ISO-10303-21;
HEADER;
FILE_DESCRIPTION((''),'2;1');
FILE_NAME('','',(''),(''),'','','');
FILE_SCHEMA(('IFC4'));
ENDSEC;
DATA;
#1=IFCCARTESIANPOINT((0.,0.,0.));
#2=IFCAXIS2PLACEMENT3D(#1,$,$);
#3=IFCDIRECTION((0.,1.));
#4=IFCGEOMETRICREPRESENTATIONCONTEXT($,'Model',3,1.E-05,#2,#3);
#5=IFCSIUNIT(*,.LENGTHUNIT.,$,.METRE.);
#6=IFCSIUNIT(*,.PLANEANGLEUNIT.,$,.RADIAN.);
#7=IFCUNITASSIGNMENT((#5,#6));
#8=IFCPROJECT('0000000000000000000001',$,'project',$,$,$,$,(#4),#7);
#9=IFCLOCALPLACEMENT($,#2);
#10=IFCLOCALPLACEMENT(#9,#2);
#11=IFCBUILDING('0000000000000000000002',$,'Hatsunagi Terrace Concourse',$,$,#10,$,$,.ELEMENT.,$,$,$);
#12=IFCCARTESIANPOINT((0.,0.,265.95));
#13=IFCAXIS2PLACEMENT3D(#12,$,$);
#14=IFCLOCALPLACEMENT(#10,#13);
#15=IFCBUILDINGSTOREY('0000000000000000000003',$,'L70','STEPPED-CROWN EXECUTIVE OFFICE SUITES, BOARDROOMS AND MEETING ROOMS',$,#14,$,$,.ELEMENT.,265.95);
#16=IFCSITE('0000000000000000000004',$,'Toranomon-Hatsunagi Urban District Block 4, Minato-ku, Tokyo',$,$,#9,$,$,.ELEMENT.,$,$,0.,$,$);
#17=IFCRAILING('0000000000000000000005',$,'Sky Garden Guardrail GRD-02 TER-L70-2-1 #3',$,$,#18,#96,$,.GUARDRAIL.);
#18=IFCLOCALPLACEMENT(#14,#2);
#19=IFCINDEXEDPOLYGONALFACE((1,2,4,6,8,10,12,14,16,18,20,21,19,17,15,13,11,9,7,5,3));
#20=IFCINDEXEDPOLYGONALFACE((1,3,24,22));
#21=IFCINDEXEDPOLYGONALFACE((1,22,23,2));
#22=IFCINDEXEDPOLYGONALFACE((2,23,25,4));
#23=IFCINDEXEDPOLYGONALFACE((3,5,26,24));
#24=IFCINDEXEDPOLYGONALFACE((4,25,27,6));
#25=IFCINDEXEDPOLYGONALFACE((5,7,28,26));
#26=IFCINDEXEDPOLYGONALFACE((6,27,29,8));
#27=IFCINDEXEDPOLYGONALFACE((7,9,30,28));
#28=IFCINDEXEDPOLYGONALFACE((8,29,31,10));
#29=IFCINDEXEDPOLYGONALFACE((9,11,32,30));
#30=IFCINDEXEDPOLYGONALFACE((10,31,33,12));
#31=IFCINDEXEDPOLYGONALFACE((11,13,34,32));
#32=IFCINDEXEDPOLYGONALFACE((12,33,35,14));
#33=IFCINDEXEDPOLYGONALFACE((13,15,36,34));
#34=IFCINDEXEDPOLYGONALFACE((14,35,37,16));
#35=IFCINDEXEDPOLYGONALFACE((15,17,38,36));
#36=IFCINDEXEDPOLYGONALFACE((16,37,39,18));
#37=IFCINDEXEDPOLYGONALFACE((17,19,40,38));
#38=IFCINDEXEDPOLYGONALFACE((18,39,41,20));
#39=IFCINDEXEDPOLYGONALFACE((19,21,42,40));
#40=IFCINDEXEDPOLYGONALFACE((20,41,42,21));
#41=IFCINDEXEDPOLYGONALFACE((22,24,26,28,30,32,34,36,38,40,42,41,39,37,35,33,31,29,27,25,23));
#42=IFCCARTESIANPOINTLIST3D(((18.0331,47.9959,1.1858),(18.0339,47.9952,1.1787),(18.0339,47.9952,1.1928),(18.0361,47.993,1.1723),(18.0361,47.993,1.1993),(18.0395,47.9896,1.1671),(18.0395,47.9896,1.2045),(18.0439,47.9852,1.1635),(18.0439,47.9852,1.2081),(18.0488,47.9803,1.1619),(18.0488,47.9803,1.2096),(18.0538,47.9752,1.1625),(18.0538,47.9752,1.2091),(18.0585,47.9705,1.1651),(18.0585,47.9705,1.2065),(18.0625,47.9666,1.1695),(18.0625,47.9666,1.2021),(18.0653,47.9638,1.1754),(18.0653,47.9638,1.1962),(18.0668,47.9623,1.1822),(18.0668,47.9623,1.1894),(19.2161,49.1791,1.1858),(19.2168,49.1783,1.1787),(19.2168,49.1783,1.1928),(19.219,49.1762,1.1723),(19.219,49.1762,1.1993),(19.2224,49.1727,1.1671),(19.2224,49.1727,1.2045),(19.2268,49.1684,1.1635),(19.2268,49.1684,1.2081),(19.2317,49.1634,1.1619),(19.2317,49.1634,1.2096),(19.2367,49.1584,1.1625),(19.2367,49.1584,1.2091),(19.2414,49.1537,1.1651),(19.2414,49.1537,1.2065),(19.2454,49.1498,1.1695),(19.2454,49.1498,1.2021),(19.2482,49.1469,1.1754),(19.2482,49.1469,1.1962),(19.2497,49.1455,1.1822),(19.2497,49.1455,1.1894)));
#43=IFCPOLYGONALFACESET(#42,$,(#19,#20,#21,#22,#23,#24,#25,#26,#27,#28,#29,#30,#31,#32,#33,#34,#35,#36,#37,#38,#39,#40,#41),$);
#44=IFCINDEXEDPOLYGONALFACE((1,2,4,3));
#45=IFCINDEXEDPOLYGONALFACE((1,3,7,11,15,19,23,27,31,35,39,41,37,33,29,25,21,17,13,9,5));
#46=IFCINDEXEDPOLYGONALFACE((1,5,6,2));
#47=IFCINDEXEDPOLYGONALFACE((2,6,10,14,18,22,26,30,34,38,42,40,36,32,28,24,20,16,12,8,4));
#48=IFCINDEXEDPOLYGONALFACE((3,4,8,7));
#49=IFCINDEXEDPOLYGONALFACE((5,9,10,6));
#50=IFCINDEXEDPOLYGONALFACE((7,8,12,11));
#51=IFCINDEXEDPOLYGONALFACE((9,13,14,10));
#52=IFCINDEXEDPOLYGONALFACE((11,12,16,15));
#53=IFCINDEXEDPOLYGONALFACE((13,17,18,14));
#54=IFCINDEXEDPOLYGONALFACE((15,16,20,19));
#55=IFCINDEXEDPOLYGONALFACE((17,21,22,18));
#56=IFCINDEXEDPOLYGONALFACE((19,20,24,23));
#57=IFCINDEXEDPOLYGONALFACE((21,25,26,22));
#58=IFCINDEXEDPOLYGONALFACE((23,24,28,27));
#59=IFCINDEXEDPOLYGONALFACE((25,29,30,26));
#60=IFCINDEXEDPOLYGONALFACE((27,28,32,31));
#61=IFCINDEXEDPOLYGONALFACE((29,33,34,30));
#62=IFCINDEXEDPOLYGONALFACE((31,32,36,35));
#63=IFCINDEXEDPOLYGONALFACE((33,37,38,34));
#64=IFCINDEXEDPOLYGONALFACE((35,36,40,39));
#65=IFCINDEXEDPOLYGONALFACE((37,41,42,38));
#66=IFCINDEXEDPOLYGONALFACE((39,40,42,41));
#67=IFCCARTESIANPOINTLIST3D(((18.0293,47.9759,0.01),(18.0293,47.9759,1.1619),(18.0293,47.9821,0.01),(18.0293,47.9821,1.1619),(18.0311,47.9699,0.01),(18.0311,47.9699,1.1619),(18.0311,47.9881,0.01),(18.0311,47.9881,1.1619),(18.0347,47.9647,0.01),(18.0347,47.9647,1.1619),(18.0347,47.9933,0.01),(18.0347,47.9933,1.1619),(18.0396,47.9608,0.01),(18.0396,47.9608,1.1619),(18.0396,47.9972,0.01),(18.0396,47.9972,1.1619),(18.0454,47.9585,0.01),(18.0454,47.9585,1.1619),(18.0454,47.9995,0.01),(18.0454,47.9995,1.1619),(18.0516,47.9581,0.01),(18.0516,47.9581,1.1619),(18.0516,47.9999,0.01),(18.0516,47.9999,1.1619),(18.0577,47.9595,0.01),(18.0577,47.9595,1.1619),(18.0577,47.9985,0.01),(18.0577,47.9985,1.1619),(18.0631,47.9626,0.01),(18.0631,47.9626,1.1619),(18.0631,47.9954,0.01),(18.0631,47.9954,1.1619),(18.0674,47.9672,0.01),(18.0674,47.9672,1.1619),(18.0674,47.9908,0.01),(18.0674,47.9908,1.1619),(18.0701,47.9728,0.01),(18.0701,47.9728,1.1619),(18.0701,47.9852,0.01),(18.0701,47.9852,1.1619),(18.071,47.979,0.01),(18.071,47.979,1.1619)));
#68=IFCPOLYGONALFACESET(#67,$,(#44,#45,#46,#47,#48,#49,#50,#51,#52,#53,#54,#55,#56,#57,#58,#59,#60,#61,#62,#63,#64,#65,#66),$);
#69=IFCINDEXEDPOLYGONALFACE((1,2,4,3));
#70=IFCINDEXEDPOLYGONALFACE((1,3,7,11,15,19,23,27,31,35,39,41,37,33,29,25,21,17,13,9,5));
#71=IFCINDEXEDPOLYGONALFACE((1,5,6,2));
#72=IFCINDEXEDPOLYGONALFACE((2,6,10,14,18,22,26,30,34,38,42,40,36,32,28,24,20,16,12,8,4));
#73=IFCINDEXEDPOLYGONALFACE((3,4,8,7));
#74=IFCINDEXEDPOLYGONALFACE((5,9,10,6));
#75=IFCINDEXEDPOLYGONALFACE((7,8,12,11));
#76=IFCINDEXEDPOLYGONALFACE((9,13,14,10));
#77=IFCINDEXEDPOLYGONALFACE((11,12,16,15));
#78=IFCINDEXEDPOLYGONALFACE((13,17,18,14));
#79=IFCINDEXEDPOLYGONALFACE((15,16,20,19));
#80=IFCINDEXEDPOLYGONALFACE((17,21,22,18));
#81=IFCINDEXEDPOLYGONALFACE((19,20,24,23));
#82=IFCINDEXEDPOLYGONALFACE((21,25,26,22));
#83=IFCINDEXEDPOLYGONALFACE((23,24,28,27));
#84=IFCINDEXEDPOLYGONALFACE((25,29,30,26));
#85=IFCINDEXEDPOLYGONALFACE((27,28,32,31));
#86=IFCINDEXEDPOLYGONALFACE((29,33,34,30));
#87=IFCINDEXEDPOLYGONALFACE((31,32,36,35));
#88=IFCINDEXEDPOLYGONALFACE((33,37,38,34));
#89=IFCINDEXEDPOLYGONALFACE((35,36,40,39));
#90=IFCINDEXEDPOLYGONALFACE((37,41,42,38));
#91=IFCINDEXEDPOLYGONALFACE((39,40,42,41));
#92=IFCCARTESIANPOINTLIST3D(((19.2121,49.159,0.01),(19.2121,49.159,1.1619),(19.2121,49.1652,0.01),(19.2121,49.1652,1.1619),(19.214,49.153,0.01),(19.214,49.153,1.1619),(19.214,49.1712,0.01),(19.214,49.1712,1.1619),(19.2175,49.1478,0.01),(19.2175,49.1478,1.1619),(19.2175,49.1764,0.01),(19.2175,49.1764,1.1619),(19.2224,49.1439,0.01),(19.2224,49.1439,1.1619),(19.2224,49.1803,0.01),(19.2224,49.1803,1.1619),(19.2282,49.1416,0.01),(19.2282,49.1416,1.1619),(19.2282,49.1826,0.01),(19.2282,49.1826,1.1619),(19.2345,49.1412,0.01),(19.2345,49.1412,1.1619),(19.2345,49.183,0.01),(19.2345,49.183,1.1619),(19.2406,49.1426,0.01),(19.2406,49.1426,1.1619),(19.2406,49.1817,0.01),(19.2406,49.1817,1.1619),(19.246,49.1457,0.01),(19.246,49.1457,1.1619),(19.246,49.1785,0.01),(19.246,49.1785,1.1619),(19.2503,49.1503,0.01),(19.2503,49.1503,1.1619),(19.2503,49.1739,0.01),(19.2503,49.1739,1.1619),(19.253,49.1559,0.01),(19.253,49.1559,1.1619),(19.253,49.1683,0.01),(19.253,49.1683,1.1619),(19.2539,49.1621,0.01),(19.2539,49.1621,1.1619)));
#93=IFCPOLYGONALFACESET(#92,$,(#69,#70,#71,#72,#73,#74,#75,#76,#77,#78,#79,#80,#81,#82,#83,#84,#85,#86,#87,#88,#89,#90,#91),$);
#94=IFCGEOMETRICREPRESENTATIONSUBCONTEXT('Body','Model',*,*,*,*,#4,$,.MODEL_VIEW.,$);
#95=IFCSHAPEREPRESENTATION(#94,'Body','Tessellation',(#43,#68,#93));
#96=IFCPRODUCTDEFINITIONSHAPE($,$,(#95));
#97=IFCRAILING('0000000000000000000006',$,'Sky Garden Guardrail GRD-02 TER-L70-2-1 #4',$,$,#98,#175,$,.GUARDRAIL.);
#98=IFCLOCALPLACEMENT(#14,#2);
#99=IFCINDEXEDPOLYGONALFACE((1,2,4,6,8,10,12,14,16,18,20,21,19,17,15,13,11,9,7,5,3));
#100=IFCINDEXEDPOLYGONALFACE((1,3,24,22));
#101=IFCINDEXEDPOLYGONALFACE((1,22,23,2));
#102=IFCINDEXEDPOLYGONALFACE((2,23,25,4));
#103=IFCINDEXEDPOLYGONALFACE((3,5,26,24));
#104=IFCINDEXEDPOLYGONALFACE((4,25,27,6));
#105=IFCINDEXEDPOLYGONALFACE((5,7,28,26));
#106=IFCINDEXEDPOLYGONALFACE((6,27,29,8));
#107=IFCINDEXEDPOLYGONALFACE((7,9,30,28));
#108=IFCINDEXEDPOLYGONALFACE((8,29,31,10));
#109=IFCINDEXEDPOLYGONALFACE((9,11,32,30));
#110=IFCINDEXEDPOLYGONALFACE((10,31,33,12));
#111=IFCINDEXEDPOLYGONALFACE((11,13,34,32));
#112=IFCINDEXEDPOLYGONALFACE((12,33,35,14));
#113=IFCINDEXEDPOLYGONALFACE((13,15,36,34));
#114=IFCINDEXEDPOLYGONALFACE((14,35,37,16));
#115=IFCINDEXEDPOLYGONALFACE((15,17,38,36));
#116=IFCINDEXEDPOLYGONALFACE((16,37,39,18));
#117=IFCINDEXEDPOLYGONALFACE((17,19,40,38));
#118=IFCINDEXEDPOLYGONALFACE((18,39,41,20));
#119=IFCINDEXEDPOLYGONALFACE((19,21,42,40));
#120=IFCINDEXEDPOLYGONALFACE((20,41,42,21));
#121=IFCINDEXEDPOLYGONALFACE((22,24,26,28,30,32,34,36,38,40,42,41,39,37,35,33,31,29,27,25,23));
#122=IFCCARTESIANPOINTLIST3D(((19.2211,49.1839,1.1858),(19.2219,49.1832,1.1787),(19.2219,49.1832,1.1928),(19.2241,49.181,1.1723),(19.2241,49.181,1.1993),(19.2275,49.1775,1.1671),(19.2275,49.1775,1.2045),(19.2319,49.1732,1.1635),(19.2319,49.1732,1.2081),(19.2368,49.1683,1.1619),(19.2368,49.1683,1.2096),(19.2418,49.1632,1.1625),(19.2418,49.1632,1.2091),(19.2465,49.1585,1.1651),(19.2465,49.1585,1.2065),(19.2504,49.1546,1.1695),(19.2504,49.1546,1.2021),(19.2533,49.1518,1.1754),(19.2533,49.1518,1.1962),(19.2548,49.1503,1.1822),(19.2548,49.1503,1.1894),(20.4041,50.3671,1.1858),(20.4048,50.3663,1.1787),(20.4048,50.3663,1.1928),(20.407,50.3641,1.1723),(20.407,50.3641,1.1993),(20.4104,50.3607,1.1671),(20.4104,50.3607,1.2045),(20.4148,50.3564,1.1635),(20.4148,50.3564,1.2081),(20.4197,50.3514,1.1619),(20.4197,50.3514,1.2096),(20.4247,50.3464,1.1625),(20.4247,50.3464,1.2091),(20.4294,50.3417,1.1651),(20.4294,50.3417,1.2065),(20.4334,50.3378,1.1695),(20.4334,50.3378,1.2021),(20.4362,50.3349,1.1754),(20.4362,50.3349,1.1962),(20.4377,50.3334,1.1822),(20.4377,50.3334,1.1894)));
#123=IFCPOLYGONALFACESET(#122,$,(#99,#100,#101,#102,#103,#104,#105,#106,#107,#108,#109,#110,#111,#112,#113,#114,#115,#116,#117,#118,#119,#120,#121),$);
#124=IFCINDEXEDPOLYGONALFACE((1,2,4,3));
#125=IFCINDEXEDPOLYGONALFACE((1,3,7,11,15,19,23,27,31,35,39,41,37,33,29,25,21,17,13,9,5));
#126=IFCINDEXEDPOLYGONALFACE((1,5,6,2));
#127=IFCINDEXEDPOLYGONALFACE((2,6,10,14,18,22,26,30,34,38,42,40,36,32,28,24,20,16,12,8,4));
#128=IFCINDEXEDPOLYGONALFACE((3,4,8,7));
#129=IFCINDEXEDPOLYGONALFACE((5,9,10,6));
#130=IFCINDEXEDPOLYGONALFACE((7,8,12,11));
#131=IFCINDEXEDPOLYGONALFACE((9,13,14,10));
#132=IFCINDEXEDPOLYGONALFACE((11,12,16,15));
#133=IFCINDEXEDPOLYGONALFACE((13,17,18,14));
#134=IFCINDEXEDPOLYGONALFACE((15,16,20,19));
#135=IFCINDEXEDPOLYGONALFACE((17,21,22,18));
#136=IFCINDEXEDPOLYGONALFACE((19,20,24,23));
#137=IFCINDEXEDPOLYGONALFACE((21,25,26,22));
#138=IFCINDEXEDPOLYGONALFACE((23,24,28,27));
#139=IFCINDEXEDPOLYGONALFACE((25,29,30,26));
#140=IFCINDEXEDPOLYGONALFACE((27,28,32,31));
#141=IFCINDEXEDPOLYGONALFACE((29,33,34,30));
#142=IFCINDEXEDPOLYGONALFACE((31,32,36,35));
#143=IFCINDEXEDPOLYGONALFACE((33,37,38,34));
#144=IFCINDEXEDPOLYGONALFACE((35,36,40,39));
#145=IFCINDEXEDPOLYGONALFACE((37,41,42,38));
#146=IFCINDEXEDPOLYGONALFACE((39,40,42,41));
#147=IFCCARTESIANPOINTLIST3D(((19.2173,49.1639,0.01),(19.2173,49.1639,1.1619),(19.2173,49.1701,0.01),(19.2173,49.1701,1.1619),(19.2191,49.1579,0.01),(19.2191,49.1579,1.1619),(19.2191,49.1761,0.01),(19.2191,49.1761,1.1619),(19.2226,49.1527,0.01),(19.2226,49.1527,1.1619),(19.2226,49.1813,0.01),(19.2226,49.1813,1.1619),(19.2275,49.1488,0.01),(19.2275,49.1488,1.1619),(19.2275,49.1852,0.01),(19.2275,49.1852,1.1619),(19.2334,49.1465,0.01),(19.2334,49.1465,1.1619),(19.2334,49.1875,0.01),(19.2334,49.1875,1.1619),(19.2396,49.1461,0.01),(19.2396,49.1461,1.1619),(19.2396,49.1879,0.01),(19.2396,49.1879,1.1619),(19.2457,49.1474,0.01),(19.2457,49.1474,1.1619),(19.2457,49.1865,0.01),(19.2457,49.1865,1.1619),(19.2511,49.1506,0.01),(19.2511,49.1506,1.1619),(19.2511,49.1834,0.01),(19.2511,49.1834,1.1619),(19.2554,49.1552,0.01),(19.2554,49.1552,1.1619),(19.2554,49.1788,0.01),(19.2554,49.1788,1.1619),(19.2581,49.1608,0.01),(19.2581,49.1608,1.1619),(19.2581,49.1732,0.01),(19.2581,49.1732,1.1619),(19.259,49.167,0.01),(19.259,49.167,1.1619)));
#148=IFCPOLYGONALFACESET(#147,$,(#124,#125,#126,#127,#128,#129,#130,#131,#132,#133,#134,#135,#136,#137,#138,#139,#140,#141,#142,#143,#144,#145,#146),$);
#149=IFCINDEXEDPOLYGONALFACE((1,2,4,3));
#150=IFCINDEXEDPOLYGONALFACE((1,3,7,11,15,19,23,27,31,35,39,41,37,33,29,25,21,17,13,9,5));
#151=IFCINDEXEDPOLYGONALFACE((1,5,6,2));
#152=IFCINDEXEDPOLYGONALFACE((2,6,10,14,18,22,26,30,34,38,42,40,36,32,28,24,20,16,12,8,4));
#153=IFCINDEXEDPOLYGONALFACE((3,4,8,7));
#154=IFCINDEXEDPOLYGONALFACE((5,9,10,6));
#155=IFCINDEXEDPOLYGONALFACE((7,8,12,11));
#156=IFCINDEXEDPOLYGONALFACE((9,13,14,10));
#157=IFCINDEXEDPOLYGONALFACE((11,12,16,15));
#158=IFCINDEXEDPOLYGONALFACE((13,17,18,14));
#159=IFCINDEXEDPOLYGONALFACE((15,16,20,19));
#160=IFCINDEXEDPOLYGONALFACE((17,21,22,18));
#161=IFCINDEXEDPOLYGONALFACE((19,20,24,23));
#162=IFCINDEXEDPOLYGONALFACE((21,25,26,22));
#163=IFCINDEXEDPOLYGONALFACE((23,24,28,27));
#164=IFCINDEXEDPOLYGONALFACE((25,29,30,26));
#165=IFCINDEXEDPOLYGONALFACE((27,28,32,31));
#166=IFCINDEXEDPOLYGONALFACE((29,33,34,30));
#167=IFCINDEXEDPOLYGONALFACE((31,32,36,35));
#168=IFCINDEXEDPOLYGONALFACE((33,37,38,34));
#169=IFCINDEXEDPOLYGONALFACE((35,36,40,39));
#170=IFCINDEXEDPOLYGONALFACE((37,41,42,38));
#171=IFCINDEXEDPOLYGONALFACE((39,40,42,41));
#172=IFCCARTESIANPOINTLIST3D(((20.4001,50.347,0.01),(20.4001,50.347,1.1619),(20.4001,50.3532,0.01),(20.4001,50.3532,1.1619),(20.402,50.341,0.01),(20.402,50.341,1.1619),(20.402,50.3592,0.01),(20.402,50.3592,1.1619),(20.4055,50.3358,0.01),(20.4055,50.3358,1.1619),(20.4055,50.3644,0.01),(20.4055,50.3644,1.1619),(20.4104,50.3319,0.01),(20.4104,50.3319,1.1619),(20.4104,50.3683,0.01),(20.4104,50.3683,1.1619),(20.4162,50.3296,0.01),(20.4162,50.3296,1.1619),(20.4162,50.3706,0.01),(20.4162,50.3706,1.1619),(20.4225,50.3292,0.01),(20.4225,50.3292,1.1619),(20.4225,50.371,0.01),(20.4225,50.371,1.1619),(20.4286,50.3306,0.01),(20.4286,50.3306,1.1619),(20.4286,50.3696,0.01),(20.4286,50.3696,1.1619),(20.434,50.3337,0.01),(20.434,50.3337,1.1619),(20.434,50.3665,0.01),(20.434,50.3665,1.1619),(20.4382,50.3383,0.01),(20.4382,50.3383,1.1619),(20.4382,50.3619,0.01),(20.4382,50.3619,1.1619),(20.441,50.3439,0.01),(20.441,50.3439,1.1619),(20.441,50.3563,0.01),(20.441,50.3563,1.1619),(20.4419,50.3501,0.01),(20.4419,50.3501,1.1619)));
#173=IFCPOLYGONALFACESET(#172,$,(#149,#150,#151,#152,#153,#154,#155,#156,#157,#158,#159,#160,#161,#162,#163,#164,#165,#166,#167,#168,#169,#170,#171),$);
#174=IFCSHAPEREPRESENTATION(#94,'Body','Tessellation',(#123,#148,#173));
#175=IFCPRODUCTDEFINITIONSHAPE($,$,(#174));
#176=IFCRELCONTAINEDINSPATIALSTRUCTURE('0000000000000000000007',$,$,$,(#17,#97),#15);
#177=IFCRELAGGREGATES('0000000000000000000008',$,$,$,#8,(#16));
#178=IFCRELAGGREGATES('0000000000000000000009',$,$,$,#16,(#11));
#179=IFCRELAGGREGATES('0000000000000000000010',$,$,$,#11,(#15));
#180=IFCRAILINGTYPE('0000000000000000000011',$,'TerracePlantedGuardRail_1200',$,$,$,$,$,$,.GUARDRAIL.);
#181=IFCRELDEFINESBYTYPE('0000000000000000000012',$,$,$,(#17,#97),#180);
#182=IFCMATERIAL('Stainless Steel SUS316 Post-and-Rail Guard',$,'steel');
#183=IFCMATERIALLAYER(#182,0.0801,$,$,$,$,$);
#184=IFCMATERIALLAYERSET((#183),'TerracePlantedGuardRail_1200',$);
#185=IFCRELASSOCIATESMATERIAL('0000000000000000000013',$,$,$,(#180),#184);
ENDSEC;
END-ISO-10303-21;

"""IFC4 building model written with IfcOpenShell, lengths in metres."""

from ifc_helpers import new_model, si_unit, direction, frame, origin, origin_2d, place, context, subcontext, project, spatial, circle, extrude, material, layer, layer_set, type_object, element, save


model = new_model("IFC4")

# Units and contexts
model_context = context("Model", 3, precision=1e-05, world=origin(), true_north=direction((0.0, 1.0)))
body_context = subcontext(model_context, "Body", "Model", "MODEL_VIEW")
ifc_project = project(units=[si_unit("LENGTHUNIT", "METRE"), si_unit("PLANEANGLEUNIT", "RADIAN")], contexts=[model_context])

# Site, building, storey
site_placement = place(None, origin())
site = spatial("IfcSite", under=ifc_project, at=site_placement, Name="Toranomon-Hatsunagi Urban District Block 4, Minato-ku, Tokyo", CompositionType="ELEMENT", RefElevation=0.0)
building_placement = place(site_placement, origin())
building = spatial("IfcBuilding", under=site, at=building_placement, Name="Hatsunagi Terrace Concourse", CompositionType="ELEMENT")
storey_placement = place(building_placement, frame((0.0, 0.0, 265.95)))
storey = spatial("IfcBuildingStorey", under=building, at=storey_placement, Name="L70", Description="STEPPED-CROWN EXECUTIVE OFFICE SUITES, BOARDROOMS AND MEETING ROOMS", CompositionType="ELEMENT", Elevation=265.95)

# Railings
ifc_material_1 = material(Name="Stainless Steel SUS316 Post-and-Rail Guard", Category="steel")
ifc_layer_1 = layer(ifc_material_1, 0.0801)
ifc_layer_set_1 = layer_set([ifc_layer_1], Name="TerracePlantedGuardRail_1200")
railing_type = type_object("IfcRailingType", Name="TerracePlantedGuardRail_1200", PredefinedType="GUARDRAIL", material=ifc_layer_set_1)
for number, where, name in (
    (1, (18.05, 47.979, 0.01), "Sky Garden Guardrail GRD-02 TER-L70-2-1 #3"),
    (2, (19.238, 49.167, 0.01), "Sky Garden Guardrail GRD-02 TER-L70-2-1 #4"),
):
    element("IfcRailing", number, at=place(storey_placement, frame(where)), inside=storey, type_object=railing_type, Name=name, PredefinedType="GUARDRAIL", context=body_context, shape_type="SweptSolid", body=[
        extrude(circle(Radius=0.0239, at=origin_2d()), frame((0.0, 0.0, 1.1758), z_axis=(0.707034, 0.70718, 0.0), x_axis=(-0.70718, 0.707034, 0.0)), (0.0, 0.0, 1.0), 1.6731),
        extrude(circle(Radius=0.021, at=origin_2d()), origin(), (0.0, 0.0, 1.0), 1.1519),
        extrude(circle(Radius=0.021, at=origin_2d()), frame((1.1829, 1.1831, 0.0)), (0.0, 0.0, 1.0), 1.1519),
    ])

save(model, "model.ifc")
